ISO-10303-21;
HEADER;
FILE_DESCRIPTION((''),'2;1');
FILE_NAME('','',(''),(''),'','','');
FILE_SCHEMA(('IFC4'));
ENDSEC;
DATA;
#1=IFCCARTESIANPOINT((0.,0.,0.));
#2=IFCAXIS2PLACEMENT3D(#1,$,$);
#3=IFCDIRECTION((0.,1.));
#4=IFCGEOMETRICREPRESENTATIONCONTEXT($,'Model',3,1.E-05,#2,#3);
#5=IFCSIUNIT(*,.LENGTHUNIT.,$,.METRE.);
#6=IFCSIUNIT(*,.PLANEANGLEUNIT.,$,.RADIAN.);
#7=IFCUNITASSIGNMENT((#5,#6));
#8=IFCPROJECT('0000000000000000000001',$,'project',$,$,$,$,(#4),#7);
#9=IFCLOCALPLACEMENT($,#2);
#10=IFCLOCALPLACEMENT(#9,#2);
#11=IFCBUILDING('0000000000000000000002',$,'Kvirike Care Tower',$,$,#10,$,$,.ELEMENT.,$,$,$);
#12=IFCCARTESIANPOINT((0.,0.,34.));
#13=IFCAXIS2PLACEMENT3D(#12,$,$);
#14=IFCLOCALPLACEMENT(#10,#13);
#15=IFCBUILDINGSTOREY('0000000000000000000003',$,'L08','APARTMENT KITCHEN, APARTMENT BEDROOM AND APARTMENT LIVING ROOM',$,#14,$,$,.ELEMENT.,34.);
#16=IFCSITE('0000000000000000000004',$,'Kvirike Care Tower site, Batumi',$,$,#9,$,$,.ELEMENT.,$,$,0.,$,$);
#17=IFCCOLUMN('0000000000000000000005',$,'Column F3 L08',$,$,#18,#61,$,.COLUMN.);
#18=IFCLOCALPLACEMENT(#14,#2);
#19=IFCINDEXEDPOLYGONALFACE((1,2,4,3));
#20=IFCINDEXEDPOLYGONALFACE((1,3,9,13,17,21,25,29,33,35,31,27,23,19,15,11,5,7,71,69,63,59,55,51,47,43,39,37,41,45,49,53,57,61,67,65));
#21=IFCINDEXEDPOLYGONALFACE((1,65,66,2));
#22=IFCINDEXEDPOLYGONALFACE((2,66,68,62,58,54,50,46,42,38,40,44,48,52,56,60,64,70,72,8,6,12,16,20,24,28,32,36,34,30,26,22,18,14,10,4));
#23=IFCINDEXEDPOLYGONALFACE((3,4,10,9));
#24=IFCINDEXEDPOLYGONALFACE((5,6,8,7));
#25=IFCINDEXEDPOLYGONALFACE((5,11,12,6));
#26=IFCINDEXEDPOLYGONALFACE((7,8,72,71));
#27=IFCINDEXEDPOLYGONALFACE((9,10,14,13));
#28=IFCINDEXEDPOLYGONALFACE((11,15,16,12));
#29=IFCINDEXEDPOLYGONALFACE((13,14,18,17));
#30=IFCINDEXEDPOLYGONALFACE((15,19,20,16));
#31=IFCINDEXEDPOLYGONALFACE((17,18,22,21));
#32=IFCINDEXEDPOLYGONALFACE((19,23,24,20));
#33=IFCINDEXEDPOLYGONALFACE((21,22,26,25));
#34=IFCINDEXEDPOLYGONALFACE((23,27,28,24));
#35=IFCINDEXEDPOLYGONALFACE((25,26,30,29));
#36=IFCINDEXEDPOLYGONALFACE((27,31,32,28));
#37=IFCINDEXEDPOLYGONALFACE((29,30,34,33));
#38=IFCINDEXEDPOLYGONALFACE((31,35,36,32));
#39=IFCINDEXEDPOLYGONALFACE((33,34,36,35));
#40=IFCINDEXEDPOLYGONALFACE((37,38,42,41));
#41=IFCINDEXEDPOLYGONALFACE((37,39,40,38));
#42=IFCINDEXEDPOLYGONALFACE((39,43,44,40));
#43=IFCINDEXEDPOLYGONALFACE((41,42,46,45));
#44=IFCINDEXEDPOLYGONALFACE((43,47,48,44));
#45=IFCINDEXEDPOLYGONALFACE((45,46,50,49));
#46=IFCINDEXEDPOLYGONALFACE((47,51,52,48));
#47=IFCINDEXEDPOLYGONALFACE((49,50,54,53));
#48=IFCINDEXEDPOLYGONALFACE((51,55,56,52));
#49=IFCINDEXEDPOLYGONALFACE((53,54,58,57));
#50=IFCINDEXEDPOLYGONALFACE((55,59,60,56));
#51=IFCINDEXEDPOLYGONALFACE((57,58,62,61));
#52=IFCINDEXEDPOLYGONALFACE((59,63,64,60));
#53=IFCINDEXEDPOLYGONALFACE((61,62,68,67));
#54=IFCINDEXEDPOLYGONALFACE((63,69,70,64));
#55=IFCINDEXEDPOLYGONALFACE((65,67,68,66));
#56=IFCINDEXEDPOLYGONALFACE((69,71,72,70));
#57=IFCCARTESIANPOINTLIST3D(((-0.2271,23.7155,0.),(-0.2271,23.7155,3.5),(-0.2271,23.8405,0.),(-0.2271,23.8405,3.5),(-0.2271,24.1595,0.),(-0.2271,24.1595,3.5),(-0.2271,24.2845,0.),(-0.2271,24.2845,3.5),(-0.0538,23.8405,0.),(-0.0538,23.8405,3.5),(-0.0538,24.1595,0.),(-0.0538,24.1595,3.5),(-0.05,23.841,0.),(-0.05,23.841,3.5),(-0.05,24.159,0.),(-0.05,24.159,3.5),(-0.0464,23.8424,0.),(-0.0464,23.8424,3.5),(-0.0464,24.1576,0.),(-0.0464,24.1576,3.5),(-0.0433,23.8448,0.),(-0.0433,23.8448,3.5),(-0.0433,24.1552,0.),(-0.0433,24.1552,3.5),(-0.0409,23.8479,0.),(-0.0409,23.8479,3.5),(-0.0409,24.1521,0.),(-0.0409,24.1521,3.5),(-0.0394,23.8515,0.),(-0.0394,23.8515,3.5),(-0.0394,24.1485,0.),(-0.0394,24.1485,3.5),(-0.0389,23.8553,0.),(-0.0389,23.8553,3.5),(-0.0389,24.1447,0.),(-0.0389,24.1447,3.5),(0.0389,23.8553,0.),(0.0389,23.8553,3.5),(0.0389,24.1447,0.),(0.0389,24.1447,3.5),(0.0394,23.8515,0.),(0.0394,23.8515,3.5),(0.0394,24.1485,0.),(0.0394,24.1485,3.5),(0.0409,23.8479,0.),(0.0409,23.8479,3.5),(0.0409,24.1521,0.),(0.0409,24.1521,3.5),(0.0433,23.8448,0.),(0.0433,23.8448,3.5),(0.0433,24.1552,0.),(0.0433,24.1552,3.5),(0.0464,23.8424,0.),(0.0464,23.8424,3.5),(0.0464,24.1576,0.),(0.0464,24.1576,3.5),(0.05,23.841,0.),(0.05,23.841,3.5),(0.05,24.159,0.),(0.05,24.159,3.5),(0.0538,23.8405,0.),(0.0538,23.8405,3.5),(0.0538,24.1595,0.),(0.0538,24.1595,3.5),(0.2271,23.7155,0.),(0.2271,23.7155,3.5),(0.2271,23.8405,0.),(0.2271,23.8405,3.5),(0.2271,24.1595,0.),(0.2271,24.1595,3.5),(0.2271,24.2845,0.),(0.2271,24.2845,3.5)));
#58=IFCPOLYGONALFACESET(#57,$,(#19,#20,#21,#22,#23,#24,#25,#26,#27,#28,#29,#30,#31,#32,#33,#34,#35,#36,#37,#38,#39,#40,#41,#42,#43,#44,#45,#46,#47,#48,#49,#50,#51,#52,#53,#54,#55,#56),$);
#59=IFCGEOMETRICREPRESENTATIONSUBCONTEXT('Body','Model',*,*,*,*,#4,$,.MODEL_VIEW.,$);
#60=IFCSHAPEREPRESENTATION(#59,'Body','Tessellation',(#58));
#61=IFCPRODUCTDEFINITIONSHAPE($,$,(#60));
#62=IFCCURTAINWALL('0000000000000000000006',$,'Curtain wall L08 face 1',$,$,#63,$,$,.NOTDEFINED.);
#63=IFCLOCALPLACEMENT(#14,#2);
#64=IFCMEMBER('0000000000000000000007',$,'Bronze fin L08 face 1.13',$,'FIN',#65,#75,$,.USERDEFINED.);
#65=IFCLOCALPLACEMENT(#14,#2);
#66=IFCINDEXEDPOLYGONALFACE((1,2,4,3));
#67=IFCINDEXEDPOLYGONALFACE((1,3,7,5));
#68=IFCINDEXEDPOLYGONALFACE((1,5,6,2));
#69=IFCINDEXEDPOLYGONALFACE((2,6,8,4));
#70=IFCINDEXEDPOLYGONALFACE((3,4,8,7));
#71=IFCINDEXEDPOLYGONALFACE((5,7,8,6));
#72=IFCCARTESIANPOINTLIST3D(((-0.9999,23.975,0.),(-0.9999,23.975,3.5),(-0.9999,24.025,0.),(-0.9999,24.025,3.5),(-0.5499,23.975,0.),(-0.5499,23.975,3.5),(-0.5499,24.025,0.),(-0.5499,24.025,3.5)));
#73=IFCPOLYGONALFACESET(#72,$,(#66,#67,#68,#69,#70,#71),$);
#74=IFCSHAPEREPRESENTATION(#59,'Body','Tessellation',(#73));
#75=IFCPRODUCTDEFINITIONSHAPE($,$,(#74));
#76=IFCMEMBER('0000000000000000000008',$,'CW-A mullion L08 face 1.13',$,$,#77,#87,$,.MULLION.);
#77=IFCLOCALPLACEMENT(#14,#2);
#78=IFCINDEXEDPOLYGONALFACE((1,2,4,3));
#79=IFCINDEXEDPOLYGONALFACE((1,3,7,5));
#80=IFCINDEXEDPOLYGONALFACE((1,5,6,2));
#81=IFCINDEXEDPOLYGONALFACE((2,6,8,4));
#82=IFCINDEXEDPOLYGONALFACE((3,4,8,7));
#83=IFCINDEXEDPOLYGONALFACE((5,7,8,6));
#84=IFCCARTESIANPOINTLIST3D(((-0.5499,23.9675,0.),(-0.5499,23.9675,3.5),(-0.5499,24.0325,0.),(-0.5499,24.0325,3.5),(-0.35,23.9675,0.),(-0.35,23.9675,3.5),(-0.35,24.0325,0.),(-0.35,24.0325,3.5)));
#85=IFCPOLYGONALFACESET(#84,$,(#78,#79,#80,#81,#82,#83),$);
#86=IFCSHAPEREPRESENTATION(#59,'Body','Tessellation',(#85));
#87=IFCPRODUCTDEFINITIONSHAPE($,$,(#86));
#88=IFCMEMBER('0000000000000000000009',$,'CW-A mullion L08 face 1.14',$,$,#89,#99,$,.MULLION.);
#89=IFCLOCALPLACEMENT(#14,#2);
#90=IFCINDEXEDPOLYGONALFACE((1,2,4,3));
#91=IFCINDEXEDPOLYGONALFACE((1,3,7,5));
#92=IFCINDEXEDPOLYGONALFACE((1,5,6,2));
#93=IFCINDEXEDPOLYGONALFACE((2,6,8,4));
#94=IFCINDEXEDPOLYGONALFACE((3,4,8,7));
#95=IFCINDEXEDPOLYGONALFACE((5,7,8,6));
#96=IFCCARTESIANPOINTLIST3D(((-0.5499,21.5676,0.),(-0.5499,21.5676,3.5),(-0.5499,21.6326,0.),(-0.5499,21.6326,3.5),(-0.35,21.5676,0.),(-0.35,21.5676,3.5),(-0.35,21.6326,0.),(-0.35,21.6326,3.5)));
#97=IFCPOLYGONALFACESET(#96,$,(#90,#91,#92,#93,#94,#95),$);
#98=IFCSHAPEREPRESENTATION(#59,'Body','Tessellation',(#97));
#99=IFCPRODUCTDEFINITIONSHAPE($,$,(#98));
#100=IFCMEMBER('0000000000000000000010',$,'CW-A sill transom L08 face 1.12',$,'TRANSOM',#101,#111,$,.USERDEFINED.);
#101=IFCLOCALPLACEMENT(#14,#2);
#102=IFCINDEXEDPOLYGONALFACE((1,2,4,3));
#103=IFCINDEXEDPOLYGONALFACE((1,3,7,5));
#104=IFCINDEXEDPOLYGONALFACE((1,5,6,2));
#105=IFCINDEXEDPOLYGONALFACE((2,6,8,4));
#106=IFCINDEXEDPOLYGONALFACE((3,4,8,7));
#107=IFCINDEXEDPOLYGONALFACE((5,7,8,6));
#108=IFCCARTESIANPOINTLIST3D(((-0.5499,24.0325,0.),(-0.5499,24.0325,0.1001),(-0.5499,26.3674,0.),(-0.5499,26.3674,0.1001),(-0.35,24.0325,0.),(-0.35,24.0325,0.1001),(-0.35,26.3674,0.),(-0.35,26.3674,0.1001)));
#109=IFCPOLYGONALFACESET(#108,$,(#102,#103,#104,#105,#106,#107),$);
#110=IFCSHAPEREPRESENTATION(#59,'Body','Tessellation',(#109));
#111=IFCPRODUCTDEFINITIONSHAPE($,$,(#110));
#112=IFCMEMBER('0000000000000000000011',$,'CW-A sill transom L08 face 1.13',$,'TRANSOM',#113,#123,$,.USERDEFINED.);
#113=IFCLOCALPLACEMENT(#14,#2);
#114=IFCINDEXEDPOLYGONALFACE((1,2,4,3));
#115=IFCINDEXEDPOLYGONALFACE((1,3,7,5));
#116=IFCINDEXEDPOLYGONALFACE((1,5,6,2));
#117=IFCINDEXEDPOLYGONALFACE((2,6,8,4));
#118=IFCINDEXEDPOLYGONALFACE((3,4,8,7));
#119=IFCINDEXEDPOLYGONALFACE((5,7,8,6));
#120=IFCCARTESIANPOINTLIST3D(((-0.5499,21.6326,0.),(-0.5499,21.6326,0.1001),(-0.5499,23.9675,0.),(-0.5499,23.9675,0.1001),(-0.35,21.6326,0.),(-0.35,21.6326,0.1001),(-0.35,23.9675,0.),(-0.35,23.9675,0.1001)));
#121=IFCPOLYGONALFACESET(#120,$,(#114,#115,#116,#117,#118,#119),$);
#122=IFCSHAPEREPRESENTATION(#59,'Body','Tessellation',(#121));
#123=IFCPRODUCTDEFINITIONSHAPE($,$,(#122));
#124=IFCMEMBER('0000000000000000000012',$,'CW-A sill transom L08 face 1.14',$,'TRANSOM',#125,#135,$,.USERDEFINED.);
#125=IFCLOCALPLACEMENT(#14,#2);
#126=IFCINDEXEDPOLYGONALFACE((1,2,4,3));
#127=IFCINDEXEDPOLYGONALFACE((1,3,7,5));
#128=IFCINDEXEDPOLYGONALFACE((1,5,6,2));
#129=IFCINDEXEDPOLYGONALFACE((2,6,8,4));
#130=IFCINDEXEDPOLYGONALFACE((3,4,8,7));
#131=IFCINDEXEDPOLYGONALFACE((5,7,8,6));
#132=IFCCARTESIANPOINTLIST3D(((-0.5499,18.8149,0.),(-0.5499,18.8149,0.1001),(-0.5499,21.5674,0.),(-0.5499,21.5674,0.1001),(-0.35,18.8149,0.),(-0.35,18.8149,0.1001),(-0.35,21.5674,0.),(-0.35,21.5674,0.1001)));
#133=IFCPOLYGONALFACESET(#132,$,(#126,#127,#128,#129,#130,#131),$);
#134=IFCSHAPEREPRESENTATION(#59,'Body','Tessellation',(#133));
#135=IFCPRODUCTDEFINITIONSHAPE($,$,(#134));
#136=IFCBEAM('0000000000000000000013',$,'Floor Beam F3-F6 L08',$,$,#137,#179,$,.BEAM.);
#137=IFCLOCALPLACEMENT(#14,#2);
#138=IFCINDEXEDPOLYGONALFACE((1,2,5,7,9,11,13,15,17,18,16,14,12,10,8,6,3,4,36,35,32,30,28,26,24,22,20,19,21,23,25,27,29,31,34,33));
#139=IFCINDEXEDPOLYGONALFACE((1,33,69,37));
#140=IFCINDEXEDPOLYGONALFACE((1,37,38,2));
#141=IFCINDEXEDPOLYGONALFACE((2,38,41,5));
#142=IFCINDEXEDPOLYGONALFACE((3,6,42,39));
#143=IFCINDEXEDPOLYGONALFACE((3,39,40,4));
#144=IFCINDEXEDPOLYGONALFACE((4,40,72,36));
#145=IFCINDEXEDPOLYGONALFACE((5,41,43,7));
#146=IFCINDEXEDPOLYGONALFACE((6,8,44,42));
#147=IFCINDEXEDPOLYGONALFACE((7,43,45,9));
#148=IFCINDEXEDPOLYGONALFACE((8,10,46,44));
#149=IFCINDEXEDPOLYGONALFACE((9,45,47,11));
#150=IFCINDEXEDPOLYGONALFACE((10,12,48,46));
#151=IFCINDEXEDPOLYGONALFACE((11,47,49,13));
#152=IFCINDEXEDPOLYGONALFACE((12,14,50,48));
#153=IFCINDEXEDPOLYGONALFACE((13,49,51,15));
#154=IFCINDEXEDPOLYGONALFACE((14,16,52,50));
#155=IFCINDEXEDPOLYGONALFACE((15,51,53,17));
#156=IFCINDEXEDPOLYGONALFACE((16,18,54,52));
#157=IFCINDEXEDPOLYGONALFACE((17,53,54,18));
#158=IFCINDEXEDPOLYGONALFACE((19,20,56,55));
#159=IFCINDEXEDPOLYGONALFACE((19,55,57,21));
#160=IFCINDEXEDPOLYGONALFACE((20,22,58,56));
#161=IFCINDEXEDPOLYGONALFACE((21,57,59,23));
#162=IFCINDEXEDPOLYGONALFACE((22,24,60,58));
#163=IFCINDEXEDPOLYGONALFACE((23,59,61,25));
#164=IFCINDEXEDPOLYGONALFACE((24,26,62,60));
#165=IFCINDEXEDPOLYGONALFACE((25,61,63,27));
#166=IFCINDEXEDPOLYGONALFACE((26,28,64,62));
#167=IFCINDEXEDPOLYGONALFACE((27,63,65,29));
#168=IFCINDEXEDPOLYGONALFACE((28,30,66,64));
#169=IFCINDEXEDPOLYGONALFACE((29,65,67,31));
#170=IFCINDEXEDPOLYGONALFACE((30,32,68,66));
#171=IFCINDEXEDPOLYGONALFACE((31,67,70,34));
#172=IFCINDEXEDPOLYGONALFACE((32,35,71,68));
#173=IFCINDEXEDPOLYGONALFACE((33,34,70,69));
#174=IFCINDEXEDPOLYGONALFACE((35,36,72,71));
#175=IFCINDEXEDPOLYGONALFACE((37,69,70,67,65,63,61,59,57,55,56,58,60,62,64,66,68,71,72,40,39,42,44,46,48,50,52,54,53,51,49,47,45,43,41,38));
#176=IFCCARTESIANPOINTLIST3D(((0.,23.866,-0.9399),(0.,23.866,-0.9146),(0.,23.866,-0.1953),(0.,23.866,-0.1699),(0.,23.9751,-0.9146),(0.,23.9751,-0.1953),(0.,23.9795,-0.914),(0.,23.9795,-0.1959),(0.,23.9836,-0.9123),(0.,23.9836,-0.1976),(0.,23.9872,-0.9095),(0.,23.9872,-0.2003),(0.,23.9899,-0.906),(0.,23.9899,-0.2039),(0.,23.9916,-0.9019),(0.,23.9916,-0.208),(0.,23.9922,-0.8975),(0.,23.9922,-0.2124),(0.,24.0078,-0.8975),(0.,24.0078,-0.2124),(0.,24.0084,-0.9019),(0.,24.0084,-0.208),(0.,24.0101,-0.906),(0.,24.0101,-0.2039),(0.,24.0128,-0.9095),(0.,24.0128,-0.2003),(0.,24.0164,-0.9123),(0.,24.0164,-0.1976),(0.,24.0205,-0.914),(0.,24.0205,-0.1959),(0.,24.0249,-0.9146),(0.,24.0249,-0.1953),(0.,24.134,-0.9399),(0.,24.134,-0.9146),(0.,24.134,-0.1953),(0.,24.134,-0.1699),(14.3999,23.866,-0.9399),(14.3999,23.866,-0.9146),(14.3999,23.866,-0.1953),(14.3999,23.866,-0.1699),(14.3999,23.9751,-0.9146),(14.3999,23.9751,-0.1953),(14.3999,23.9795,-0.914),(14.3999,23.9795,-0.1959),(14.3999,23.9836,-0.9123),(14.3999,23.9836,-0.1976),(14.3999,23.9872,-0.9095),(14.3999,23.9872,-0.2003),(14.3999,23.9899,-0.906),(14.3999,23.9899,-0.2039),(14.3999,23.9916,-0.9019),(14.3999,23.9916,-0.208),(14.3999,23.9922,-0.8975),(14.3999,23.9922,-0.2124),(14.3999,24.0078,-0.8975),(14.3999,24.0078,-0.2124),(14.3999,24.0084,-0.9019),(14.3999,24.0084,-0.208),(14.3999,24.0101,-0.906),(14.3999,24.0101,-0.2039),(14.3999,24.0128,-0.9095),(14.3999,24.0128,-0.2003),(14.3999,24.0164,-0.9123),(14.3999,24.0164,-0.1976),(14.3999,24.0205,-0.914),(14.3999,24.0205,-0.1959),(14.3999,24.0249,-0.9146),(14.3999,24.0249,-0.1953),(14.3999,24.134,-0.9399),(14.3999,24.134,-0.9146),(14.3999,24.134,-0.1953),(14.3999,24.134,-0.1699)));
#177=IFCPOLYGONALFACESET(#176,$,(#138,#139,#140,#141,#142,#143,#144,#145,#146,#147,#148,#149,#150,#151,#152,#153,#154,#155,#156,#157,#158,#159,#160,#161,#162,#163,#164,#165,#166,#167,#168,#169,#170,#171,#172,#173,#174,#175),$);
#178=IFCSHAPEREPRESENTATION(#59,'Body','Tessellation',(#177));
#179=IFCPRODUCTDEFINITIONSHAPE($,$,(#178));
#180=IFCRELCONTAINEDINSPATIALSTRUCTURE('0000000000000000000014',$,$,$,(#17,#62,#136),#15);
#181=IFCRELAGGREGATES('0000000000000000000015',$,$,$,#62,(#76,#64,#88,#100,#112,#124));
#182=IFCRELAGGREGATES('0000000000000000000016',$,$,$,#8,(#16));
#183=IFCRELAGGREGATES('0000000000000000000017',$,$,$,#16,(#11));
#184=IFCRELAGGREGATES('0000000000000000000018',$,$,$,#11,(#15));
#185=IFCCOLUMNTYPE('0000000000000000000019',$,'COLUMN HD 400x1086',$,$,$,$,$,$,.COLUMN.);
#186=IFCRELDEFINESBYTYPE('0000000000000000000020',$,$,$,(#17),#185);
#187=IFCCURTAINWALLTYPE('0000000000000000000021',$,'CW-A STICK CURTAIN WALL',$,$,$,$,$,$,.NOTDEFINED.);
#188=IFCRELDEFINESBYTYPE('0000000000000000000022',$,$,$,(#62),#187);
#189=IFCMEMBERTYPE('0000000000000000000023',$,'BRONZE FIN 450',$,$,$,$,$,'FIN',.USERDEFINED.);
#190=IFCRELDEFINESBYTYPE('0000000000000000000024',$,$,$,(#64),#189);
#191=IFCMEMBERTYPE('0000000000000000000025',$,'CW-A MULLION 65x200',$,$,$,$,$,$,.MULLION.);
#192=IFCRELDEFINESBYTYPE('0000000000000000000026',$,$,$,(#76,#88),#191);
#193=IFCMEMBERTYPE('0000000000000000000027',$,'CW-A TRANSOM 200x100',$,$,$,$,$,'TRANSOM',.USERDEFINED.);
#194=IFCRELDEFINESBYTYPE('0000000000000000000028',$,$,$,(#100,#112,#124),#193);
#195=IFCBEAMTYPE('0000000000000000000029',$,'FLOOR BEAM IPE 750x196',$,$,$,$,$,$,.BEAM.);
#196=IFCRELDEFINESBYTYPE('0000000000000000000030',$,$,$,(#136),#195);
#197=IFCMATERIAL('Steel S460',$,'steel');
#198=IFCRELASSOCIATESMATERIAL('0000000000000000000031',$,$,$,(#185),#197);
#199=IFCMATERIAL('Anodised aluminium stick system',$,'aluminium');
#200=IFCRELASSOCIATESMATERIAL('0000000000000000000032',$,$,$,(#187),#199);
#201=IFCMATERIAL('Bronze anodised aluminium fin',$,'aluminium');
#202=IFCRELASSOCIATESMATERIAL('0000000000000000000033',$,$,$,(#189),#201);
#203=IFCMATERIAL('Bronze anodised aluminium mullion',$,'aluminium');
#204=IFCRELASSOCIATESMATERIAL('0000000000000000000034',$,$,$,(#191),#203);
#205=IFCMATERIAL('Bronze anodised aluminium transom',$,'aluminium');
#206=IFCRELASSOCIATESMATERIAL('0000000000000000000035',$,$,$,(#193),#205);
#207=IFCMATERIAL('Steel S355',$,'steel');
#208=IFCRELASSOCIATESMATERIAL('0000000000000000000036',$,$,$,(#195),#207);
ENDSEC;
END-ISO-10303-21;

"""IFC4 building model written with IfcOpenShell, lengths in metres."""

from ifc_helpers import new_model, si_unit, direction, frame, origin, origin_2d, place, context, subcontext, project, spatial, rectangle, i_section, extrude, material, material_profile, profile_set, type_object, element, aggregate, save


model = new_model("IFC4")

# Units and contexts
model_context = context("Model", 3, precision=1e-05, world=origin(), true_north=direction((0.0, 1.0)))
body_context = subcontext(model_context, "Body", "Model", "MODEL_VIEW")
ifc_project = project(units=[si_unit("LENGTHUNIT", "METRE"), si_unit("PLANEANGLEUNIT", "RADIAN")], contexts=[model_context])

# Site, building, storey
site_placement = place(None, origin())
site = spatial("IfcSite", under=ifc_project, at=site_placement, Name="Kvirike Care Tower site, Batumi", CompositionType="ELEMENT", RefElevation=0.0)
building_placement = place(site_placement, origin())
building = spatial("IfcBuilding", under=site, at=building_placement, Name="Kvirike Care Tower", CompositionType="ELEMENT")
storey_placement = place(building_placement, frame((0.0, 0.0, 34.0)))
storey = spatial("IfcBuildingStorey", under=building, at=storey_placement, Name="L08", Description="APARTMENT KITCHEN, APARTMENT BEDROOM AND APARTMENT LIVING ROOM", CompositionType="ELEMENT", Elevation=34.0)

# Column
ifc_material_1 = material(Name="Steel S460", Category="steel")
ifc_material_profile_1 = material_profile(ifc_material_1, i_section(OverallWidth=0.4541, OverallDepth=0.5691, WebThickness=0.0779, FlangeThickness=0.125, FilletRadius=0.0149, at=origin_2d()), Name="HD 400x1086")
ifc_profile_set_1 = profile_set([ifc_material_profile_1], Name="Steel S460")
column_type = type_object("IfcColumnType", Name="COLUMN HD 400x1086", PredefinedType="COLUMN", material=ifc_profile_set_1)
column_placement = place(storey_placement, frame((0.0, 24.0, 0.0), z_axis=(0.0, 0.0, 1.0), x_axis=(1.0, 0.0, 0.0)))
element("IfcColumn", 1, at=column_placement, inside=storey, type_object=column_type, Name="Column F3 L08", PredefinedType="COLUMN", context=body_context, shape_type="SweptSolid", body=[
    extrude(i_section(OverallWidth=0.4541, OverallDepth=0.5691, WebThickness=0.0779, FlangeThickness=0.125, FilletRadius=0.0149, at=origin_2d()), origin(), (0.0, 0.0, 1.0), 3.5),
])

# Curtain wall, members
ifc_material_2 = material(Name="Anodised aluminium stick system", Category="aluminium")
curtain_wall_type = type_object("IfcCurtainWallType", Name="CW-A STICK CURTAIN WALL", PredefinedType="NOTDEFINED", material=ifc_material_2)
curtain_wall_placement = place(storey_placement, origin())
curtain_wall = element("IfcCurtainWall", 2, at=curtain_wall_placement, inside=storey, type_object=curtain_wall_type, Name="Curtain wall L08 face 1", PredefinedType="NOTDEFINED")
ifc_material_3 = material(Name="Bronze anodised aluminium fin", Category="aluminium")
ifc_material_profile_2 = material_profile(ifc_material_3, rectangle(XDim=0.05, YDim=0.45, at=origin_2d()), Name="BRONZE FIN 450")
ifc_profile_set_2 = profile_set([ifc_material_profile_2], Name="Bronze anodised aluminium fin")
member_type_1 = type_object("IfcMemberType", Name="BRONZE FIN 450", ElementType="FIN", PredefinedType="USERDEFINED", material=ifc_profile_set_2)
member_1_placement = place(storey_placement, frame((-0.7749, 24.0, 0.0), z_axis=(0.0, 0.0, 1.0), x_axis=(0.0, -1.0, 0.0)))
member_1 = element("IfcMember", 3, at=member_1_placement, type_object=member_type_1, Name="Bronze fin L08 face 1.13", ObjectType="FIN", PredefinedType="USERDEFINED", context=body_context, shape_type="SweptSolid", body=[
    extrude(rectangle(XDim=0.05, YDim=0.45, at=origin_2d()), origin(), (0.0, 0.0, 1.0), 3.5),
])
ifc_material_4 = material(Name="Bronze anodised aluminium mullion", Category="aluminium")
ifc_material_profile_3 = material_profile(ifc_material_4, rectangle(XDim=0.0649, YDim=0.2, at=origin_2d()), Name="CW-A MULLION 65x200")
ifc_profile_set_3 = profile_set([ifc_material_profile_3], Name="Bronze anodised aluminium mullion")
member_type_2 = type_object("IfcMemberType", Name="CW-A MULLION 65x200", PredefinedType="MULLION", material=ifc_profile_set_3)
member_2_placement = place(storey_placement, frame((-0.45, 24.0, 0.0), z_axis=(0.0, 0.0, 1.0), x_axis=(0.0, -1.0, 0.0)))
member_2 = element("IfcMember", 4, at=member_2_placement, type_object=member_type_2, Name="CW-A mullion L08 face 1.13", PredefinedType="MULLION", context=body_context, shape_type="SweptSolid", body=[
    extrude(rectangle(XDim=0.0649, YDim=0.2, at=origin_2d()), origin(), (0.0, 0.0, 1.0), 3.5),
])
member_3_placement = place(storey_placement, frame((-0.45, 21.6001, 0.0), z_axis=(0.0, 0.0, 1.0), x_axis=(0.0, -1.0, 0.0)))
member_3 = element("IfcMember", 5, at=member_3_placement, type_object=member_type_2, Name="CW-A mullion L08 face 1.14", PredefinedType="MULLION", context=body_context, shape_type="SweptSolid", body=[
    extrude(rectangle(XDim=0.0649, YDim=0.2, at=origin_2d()), origin(), (0.0, 0.0, 1.0), 3.5),
])
ifc_material_5 = material(Name="Bronze anodised aluminium transom", Category="aluminium")
ifc_material_profile_4 = material_profile(ifc_material_5, rectangle(XDim=0.2, YDim=0.1001, at=origin_2d()), Name="CW-A TRANSOM 200x100")
ifc_profile_set_4 = profile_set([ifc_material_profile_4], Name="Bronze anodised aluminium transom")
member_type_3 = type_object("IfcMemberType", Name="CW-A TRANSOM 200x100", ElementType="TRANSOM", PredefinedType="USERDEFINED", material=ifc_profile_set_4)
member_4_placement = place(storey_placement, frame((-0.45, 26.3674, 0.05), z_axis=(0.0, -1.0, 0.0), x_axis=(1.0, 0.0, 0.0)))
member_4 = element("IfcMember", 6, at=member_4_placement, type_object=member_type_3, Name="CW-A sill transom L08 face 1.12", ObjectType="TRANSOM", PredefinedType="USERDEFINED", context=body_context, shape_type="SweptSolid", body=[
    extrude(rectangle(XDim=0.2, YDim=0.1001, at=origin_2d()), origin(), (0.0, 0.0, 1.0), 2.335),
])
member_5_placement = place(storey_placement, frame((-0.45, 23.9675, 0.05), z_axis=(0.0, -1.0, 0.0), x_axis=(1.0, 0.0, 0.0)))
member_5 = element("IfcMember", 7, at=member_5_placement, type_object=member_type_3, Name="CW-A sill transom L08 face 1.13", ObjectType="TRANSOM", PredefinedType="USERDEFINED", context=body_context, shape_type="SweptSolid", body=[
    extrude(rectangle(XDim=0.2, YDim=0.1001, at=origin_2d()), origin(), (0.0, 0.0, 1.0), 2.335),
])
member_6_placement = place(storey_placement, frame((-0.45, 21.5674, 0.05), z_axis=(0.0, -1.0, 0.0), x_axis=(1.0, 0.0, 0.0)))
member_6 = element("IfcMember", 8, at=member_6_placement, type_object=member_type_3, Name="CW-A sill transom L08 face 1.14", ObjectType="TRANSOM", PredefinedType="USERDEFINED", context=body_context, shape_type="SweptSolid", body=[
    extrude(rectangle(XDim=0.2, YDim=0.1001, at=origin_2d()), origin(), (0.0, 0.0, 1.0), 2.7524),
])

# Beam
ifc_material_6 = material(Name="Steel S355", Category="steel")
ifc_material_profile_5 = material_profile(ifc_material_6, i_section(OverallWidth=0.2681, OverallDepth=0.77, WebThickness=0.0156, FlangeThickness=0.0254, FilletRadius=0.0171, at=origin_2d()), Name="IPE 750x196")
ifc_profile_set_5 = profile_set([ifc_material_profile_5], Name="Steel S355")
beam_type_1 = type_object("IfcBeamType", Name="FLOOR BEAM IPE 750x196", PredefinedType="BEAM", material=ifc_profile_set_5)
beam_1_placement = place(storey_placement, frame((0.0, 24.0, -0.5549), z_axis=(1.0, 0.0, 0.0), x_axis=(0.0, 1.0, 0.0)))
element("IfcBeam", 9, at=beam_1_placement, inside=storey, type_object=beam_type_1, Name="Floor Beam F3-F6 L08", PredefinedType="BEAM", context=body_context, shape_type="SweptSolid", body=[
    extrude(i_section(OverallWidth=0.2681, OverallDepth=0.77, WebThickness=0.0156, FlangeThickness=0.0254, FilletRadius=0.0171, at=origin_2d()), origin(), (0.0, 0.0, 1.0), 14.3999),
])

aggregate(curtain_wall, [member_2, member_1, member_3, member_4, member_5, member_6])

save(model, "model.ifc")
